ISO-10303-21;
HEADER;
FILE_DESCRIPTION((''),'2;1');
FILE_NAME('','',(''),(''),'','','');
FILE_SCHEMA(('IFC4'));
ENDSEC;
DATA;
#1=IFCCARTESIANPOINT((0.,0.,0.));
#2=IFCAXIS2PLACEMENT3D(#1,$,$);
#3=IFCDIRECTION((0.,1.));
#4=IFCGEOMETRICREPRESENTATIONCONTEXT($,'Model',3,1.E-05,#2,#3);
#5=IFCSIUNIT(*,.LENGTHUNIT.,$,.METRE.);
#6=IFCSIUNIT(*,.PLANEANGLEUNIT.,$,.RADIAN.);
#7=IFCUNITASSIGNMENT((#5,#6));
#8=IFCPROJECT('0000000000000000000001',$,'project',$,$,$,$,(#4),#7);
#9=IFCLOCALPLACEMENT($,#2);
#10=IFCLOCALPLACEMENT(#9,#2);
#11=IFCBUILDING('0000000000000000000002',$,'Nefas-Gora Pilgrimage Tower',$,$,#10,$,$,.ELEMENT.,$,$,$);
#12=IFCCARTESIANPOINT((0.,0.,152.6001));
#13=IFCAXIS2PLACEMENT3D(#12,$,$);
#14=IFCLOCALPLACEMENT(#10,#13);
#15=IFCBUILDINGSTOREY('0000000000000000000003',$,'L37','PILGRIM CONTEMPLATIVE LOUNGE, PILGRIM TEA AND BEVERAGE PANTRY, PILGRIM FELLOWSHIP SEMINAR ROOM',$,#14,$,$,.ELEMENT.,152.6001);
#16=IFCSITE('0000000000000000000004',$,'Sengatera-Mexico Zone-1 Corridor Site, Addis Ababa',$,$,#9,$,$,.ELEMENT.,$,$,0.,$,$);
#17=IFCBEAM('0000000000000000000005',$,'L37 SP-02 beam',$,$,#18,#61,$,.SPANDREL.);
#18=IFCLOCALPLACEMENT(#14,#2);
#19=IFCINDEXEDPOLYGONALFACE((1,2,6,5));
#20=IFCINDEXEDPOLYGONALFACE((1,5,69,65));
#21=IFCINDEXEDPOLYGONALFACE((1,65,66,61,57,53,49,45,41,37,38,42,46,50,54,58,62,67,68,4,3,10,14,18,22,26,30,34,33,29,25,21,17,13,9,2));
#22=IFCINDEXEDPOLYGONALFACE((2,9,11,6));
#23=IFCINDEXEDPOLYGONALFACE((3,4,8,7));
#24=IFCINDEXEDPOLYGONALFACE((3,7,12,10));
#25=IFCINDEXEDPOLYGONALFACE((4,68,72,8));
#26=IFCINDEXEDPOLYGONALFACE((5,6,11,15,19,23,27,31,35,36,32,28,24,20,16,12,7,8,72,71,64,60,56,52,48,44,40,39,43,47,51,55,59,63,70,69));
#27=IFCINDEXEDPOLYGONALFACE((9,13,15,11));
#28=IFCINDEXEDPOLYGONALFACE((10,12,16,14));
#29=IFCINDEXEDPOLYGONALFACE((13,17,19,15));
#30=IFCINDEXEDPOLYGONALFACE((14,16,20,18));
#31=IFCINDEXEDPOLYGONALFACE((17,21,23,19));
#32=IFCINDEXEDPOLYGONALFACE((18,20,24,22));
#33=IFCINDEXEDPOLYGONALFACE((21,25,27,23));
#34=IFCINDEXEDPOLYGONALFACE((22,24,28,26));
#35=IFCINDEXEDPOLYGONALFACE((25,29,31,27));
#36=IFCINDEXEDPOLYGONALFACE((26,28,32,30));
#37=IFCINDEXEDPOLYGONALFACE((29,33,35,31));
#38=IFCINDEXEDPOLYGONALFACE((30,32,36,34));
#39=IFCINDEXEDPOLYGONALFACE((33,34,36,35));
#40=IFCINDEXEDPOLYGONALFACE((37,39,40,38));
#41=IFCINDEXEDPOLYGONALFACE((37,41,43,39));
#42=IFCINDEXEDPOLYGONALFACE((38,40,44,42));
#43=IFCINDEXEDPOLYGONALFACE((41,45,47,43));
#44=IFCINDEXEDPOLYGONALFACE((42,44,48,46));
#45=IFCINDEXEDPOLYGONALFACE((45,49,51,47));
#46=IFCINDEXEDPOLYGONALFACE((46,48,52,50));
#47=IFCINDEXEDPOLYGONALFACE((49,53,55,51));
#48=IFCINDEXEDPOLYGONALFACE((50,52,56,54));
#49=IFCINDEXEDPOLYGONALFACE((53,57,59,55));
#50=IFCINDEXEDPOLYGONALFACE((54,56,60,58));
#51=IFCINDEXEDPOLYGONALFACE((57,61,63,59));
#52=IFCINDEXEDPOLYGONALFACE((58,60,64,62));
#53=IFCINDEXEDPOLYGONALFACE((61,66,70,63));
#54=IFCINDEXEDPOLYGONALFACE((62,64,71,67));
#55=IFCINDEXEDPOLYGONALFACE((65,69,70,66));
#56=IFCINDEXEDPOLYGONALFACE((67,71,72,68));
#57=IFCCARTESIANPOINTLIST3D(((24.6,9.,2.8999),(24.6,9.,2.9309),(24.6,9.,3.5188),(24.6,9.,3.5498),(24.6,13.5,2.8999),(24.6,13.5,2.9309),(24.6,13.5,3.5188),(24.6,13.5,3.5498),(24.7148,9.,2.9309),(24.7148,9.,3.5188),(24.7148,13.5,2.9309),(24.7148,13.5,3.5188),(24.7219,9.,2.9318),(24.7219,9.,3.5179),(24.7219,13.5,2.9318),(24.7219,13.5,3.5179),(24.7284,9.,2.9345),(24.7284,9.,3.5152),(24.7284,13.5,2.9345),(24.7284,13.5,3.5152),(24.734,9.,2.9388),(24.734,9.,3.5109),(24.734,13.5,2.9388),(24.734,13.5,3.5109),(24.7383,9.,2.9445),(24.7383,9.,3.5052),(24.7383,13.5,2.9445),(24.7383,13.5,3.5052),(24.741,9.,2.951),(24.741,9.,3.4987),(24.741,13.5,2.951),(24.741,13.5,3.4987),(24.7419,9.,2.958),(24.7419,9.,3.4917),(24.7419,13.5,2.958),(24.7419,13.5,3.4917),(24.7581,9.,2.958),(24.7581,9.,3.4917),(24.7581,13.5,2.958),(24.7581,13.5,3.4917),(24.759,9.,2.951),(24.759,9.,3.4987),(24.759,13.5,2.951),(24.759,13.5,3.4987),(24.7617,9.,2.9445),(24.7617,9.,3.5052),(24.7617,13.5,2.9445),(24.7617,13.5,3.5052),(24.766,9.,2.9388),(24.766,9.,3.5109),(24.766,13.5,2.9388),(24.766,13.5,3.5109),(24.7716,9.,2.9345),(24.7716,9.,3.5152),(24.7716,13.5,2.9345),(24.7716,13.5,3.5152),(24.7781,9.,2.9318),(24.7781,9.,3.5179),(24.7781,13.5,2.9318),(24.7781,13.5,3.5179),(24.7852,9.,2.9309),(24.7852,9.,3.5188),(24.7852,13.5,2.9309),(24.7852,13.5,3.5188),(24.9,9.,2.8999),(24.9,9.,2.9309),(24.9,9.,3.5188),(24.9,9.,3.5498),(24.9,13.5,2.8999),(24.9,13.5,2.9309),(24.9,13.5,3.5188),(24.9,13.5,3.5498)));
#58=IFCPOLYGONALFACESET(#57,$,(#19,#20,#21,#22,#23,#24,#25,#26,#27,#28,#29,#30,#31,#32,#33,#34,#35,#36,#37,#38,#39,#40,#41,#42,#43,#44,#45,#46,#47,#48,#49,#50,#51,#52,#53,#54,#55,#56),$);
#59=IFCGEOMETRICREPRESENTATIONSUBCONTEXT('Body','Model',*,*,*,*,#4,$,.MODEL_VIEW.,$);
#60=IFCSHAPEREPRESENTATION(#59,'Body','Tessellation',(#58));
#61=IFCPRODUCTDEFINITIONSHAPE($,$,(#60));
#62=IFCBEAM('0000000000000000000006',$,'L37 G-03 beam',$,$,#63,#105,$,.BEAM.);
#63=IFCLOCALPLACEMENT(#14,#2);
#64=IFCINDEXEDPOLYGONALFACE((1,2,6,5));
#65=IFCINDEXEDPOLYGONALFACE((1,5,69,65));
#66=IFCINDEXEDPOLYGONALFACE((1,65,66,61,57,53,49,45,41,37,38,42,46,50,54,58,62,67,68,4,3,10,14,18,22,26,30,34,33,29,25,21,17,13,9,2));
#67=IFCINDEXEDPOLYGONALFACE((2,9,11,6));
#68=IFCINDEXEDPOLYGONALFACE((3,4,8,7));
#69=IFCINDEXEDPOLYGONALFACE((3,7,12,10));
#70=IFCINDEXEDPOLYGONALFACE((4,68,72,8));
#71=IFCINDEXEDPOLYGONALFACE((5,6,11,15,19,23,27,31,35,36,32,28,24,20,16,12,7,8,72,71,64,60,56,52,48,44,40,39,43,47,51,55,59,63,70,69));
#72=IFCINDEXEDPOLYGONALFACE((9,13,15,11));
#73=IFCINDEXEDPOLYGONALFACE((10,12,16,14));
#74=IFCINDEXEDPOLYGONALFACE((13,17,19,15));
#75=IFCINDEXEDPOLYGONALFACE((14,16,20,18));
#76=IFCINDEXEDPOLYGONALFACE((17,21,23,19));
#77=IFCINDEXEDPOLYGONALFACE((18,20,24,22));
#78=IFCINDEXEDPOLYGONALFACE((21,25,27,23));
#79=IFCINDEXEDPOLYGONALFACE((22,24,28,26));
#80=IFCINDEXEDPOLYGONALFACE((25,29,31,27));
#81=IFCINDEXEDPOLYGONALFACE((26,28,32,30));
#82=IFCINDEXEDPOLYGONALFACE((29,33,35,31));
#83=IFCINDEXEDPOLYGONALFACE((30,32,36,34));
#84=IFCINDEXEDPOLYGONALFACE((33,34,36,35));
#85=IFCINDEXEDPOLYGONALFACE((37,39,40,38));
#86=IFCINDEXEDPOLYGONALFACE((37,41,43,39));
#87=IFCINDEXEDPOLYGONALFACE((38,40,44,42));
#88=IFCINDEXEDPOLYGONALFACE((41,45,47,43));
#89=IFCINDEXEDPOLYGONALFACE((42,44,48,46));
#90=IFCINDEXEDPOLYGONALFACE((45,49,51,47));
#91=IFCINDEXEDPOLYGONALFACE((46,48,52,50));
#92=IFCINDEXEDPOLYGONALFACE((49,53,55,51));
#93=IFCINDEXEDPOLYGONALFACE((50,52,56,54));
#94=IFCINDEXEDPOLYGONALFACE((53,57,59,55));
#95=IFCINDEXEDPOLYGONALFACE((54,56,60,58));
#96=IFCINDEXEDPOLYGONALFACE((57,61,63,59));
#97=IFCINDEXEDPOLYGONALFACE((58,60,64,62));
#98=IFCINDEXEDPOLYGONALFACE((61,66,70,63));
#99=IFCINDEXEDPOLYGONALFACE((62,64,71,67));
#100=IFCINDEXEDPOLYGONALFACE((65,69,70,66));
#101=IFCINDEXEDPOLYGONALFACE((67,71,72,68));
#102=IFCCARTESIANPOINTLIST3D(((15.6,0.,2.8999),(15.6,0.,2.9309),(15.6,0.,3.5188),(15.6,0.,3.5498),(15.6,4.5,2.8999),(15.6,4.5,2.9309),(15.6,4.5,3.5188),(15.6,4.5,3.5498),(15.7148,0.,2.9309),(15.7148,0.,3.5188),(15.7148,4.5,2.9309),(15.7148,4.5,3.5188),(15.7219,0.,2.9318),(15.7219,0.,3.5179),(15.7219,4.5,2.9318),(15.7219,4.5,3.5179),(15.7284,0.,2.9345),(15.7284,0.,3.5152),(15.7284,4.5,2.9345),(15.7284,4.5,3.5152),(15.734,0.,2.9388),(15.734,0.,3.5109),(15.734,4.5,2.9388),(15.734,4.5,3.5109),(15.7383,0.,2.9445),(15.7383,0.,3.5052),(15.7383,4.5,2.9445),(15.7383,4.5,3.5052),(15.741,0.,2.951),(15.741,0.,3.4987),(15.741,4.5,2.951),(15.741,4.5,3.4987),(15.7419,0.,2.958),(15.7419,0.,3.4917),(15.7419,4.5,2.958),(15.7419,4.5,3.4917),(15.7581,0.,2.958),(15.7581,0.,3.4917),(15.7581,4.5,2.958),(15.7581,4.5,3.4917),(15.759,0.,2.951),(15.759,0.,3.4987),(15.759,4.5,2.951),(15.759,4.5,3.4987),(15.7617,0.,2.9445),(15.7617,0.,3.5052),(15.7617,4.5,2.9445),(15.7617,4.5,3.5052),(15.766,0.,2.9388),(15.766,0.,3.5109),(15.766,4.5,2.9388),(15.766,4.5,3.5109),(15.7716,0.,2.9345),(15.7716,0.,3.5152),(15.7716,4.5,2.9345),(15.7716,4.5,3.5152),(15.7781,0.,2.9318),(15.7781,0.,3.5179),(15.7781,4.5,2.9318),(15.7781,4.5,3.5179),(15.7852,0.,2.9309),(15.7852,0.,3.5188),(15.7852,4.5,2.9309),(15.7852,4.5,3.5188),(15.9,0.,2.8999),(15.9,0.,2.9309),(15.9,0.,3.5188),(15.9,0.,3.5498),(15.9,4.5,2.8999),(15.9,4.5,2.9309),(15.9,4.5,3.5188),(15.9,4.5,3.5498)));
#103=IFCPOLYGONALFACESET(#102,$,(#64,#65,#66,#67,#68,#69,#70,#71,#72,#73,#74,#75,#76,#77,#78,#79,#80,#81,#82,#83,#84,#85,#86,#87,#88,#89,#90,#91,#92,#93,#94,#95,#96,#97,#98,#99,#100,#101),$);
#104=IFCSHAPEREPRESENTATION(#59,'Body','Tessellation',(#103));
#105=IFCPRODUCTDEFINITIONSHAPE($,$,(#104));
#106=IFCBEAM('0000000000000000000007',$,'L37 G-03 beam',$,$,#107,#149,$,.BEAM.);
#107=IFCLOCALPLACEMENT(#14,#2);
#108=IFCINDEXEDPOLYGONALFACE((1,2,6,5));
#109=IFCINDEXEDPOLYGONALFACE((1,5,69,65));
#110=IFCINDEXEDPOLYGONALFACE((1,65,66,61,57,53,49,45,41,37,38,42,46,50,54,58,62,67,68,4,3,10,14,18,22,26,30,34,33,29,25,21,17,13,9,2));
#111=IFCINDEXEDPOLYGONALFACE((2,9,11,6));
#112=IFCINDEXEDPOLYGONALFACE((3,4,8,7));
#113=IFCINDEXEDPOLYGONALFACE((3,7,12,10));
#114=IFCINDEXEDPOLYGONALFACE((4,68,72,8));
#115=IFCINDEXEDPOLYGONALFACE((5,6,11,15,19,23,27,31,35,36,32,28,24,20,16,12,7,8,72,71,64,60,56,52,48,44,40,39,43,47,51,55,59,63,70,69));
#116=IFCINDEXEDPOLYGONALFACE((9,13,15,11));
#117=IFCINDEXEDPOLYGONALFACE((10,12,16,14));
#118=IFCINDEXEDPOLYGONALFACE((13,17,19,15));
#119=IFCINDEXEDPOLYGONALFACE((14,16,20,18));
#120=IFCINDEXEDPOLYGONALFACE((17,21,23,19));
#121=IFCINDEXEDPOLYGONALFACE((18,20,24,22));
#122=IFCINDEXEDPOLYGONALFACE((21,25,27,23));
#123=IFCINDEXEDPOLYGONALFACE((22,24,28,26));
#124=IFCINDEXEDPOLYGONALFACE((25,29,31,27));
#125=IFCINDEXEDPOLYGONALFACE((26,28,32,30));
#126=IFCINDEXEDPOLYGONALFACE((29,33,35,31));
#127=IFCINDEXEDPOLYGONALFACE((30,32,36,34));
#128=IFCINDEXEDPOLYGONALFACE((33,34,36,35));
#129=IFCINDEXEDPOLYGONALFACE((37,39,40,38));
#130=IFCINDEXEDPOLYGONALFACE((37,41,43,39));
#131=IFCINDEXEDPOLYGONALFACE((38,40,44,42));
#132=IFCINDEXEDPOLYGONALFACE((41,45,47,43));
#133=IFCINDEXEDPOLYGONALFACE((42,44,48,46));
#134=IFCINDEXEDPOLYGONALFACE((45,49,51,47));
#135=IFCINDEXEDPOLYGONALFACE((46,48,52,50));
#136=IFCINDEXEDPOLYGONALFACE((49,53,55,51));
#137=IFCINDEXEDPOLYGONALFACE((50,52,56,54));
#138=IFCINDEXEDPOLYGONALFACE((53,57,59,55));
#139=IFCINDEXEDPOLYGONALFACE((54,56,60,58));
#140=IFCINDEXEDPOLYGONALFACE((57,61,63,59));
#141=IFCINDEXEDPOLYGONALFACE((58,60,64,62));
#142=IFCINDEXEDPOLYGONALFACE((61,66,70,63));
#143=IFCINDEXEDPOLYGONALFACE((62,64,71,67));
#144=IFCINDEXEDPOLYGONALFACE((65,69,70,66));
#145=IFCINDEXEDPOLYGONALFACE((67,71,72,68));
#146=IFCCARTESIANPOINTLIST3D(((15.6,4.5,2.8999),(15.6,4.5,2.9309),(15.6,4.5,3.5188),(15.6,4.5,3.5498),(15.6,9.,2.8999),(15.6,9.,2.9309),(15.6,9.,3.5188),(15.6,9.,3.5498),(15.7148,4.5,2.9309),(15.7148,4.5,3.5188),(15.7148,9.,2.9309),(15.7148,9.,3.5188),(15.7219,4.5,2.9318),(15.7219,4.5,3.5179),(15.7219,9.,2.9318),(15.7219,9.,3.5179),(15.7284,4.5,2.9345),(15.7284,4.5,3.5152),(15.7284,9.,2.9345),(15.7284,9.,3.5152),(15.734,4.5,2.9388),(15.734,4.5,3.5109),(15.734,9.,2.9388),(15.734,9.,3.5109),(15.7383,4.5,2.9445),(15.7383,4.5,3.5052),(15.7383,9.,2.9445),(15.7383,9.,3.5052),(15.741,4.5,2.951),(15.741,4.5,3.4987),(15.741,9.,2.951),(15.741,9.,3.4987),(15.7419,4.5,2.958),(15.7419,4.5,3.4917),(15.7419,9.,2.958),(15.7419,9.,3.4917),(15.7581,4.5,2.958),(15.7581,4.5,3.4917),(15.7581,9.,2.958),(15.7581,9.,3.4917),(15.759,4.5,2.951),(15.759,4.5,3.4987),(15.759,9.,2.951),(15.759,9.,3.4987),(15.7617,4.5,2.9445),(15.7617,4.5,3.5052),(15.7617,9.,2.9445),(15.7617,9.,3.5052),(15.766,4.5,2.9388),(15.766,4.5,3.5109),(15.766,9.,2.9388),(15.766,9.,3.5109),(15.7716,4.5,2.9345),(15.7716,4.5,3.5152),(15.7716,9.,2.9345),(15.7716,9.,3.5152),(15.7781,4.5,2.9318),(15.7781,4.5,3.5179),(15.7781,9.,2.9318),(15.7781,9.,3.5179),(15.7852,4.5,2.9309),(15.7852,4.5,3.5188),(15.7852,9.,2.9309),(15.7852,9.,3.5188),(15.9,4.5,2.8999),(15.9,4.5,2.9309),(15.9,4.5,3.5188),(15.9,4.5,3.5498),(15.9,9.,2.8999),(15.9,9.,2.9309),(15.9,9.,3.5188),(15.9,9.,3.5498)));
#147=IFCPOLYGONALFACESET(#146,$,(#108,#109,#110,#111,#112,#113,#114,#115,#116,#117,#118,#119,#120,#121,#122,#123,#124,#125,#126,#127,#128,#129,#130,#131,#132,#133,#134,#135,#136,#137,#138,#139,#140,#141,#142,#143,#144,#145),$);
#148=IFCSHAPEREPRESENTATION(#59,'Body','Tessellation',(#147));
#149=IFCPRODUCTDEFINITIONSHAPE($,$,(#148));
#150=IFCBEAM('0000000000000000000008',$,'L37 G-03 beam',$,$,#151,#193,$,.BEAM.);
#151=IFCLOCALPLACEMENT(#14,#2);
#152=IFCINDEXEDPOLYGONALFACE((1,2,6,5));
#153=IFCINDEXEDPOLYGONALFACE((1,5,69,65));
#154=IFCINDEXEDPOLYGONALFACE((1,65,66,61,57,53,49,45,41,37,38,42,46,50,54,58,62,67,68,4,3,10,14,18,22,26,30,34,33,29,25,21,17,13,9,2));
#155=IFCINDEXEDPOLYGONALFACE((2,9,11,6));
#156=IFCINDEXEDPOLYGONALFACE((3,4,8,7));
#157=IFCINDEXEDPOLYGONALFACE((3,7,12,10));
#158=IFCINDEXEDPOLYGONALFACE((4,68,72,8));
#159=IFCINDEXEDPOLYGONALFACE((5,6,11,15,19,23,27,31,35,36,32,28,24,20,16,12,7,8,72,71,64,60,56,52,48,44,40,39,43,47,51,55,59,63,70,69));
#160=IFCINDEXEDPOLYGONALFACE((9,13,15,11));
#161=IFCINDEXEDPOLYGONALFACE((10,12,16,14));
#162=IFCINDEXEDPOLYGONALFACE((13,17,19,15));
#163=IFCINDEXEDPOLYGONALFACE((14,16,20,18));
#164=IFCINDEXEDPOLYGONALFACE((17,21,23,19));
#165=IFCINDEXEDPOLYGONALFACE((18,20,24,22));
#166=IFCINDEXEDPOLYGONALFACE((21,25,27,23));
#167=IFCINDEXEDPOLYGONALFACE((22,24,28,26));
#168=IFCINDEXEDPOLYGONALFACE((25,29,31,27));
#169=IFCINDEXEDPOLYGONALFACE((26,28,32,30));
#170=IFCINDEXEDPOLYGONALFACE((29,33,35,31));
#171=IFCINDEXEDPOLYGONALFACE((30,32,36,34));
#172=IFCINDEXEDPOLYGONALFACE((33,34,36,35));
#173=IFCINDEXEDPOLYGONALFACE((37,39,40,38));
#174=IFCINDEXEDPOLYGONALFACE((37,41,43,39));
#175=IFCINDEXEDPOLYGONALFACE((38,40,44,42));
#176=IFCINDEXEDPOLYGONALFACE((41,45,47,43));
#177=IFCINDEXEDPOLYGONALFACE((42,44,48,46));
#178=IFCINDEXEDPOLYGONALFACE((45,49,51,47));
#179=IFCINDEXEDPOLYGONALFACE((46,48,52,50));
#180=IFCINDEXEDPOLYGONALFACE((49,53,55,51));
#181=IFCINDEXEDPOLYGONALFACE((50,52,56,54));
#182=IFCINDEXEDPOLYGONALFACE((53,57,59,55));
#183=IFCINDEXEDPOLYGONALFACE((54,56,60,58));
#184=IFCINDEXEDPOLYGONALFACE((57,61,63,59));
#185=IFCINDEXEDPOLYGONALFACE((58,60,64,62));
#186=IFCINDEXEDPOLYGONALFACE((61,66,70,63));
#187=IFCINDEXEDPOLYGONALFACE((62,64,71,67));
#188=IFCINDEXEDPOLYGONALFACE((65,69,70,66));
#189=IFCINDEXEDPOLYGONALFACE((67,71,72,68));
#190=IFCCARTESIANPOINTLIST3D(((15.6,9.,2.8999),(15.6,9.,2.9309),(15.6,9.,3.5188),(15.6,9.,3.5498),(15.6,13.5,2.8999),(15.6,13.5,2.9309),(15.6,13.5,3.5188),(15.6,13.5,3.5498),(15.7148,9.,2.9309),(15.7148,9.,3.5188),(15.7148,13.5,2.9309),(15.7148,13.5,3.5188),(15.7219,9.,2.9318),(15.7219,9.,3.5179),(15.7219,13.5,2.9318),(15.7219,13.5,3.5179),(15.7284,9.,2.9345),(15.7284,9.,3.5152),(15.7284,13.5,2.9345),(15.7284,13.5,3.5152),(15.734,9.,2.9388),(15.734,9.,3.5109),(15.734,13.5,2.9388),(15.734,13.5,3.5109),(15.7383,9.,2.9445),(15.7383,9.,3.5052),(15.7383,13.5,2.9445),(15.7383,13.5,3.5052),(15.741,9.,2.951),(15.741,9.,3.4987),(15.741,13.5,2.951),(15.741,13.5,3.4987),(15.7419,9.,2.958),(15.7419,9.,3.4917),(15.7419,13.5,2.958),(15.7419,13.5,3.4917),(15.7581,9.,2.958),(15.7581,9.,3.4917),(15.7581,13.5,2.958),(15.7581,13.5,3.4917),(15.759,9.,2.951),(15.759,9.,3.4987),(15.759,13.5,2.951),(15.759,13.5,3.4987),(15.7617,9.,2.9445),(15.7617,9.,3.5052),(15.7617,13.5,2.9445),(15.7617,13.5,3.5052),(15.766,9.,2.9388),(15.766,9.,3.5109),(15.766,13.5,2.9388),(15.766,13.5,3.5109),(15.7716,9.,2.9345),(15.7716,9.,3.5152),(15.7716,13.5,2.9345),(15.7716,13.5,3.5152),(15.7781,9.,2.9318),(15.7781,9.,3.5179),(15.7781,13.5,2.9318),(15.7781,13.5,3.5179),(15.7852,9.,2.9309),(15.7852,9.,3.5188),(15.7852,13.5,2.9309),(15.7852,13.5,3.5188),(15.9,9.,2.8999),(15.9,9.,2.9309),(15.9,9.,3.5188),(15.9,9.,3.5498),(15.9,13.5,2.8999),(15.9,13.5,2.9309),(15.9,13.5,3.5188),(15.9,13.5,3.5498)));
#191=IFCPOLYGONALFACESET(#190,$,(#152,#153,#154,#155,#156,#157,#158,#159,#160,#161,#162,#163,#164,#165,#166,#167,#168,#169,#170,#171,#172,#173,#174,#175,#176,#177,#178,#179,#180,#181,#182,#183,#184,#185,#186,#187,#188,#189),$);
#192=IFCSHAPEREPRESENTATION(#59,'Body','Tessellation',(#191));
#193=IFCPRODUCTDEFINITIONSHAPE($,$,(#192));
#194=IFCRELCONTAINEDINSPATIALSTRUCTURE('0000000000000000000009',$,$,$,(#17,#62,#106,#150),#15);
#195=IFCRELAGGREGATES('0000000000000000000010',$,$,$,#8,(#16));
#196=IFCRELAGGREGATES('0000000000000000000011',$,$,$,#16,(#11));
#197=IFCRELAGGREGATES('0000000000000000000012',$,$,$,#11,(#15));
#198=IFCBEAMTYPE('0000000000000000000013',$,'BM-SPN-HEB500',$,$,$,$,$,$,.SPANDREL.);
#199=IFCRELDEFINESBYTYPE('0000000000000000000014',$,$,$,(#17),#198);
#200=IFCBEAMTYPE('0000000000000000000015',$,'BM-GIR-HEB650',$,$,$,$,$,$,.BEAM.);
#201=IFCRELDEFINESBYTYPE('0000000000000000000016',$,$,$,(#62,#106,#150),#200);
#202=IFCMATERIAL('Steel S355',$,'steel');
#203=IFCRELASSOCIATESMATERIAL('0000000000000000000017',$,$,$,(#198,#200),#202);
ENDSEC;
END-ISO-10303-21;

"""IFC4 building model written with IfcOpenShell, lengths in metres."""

from ifc_helpers import new_model, si_unit, direction, frame, origin, origin_2d, place, context, subcontext, project, spatial, i_section, extrude, source, transform, mapped, material, material_profile, profile_set, type_object, element, save


model = new_model("IFC4")

# Units and contexts
model_context = context("Model", 3, precision=1e-05, world=origin(), true_north=direction((0.0, 1.0)))
body_context = subcontext(model_context, "Body", "Model", "MODEL_VIEW")
ifc_project = project(units=[si_unit("LENGTHUNIT", "METRE"), si_unit("PLANEANGLEUNIT", "RADIAN")], contexts=[model_context])

# Site, building, storey
site_placement = place(None, origin())
site = spatial("IfcSite", under=ifc_project, at=site_placement, Name="Sengatera-Mexico Zone-1 Corridor Site, Addis Ababa", CompositionType="ELEMENT", RefElevation=0.0)
building_placement = place(site_placement, origin())
building = spatial("IfcBuilding", under=site, at=building_placement, Name="Nefas-Gora Pilgrimage Tower", CompositionType="ELEMENT")
storey_placement = place(building_placement, frame((0.0, 0.0, 152.6001)))
storey = spatial("IfcBuildingStorey", under=building, at=storey_placement, Name="L37", Description="PILGRIM CONTEMPLATIVE LOUNGE, PILGRIM TEA AND BEVERAGE PANTRY, PILGRIM FELLOWSHIP SEMINAR ROOM", CompositionType="ELEMENT", Elevation=152.6001)

# Beams
ifc_material_1 = material(Name="Steel S355", Category="steel")
ifc_material_profile_1 = material_profile(ifc_material_1, i_section(OverallWidth=0.3, OverallDepth=0.6499, WebThickness=0.0161, FlangeThickness=0.031, FilletRadius=0.0271, at=origin_2d()), Name="HEB 650")
ifc_profile_set_1 = profile_set([ifc_material_profile_1], Name="Steel S355")
beam_type_1 = type_object("IfcBeamType", Name="BM-SPN-HEB500", PredefinedType="SPANDREL", material=ifc_profile_set_1)
shared_shape_1 = source(origin(), body_context, "Body", "SweptSolid", [
    extrude(i_section(OverallWidth=0.3, OverallDepth=0.6499, WebThickness=0.0161, FlangeThickness=0.031, FilletRadius=0.0271, at=origin_2d()), origin(), (0.0, 0.0, 1.0), 4.5),
])
for number, where, z_axis, x_axis, name in (
    (1, (24.75, 9.0, 3.2249), (0.0, 1.0, 0.0), (-1.0, 0.0, 0.0), "L37 SP-02 beam"),
):
    element("IfcBeam", number, at=place(storey_placement, frame(where, z_axis=z_axis, x_axis=x_axis)), inside=storey, type_object=beam_type_1, Name=name, PredefinedType="SPANDREL", context=body_context, shape_type="MappedRepresentation", body=[
        mapped(shared_shape_1, transform((0.0, 0.0, 0.0), x_axis=(1.0, 0.0, 0.0), y_axis=(0.0, 1.0, 0.0), z_axis=(0.0, 0.0, 1.0), scale=1.0)),
    ])
ifc_material_profile_2 = material_profile(ifc_material_1, i_section(OverallWidth=0.3, OverallDepth=0.6499, WebThickness=0.0161, FlangeThickness=0.031, FilletRadius=0.0271, at=origin_2d()), Name="HEB 650")
ifc_profile_set_2 = profile_set([ifc_material_profile_2], Name="Steel S355")
beam_type_2 = type_object("IfcBeamType", Name="BM-GIR-HEB650", PredefinedType="BEAM", material=ifc_profile_set_2)
shared_shape_2 = source(origin(), body_context, "Body", "SweptSolid", [
    extrude(i_section(OverallWidth=0.3, OverallDepth=0.6499, WebThickness=0.0161, FlangeThickness=0.031, FilletRadius=0.0271, at=origin_2d()), origin(), (0.0, 0.0, 1.0), 4.5),
])
for number, where, z_axis, x_axis, name in (
    (2, (15.75, 0.0, 3.2249), (0.0, 1.0, 0.0), (-1.0, 0.0, 0.0), "L37 G-03 beam"),
    (3, (15.75, 4.5, 3.2249), (0.0, 1.0, 0.0), (-1.0, 0.0, 0.0), "L37 G-03 beam"),
    (4, (15.75, 9.0, 3.2249), (0.0, 1.0, 0.0), (-1.0, 0.0, 0.0), "L37 G-03 beam"),
):
    element("IfcBeam", number, at=place(storey_placement, frame(where, z_axis=z_axis, x_axis=x_axis)), inside=storey, type_object=beam_type_2, Name=name, PredefinedType="BEAM", context=body_context, shape_type="MappedRepresentation", body=[
        mapped(shared_shape_2, transform((0.0, 0.0, 0.0), x_axis=(1.0, 0.0, 0.0), y_axis=(0.0, 1.0, 0.0), z_axis=(0.0, 0.0, 1.0), scale=1.0)),
    ])

save(model, "model.ifc")
